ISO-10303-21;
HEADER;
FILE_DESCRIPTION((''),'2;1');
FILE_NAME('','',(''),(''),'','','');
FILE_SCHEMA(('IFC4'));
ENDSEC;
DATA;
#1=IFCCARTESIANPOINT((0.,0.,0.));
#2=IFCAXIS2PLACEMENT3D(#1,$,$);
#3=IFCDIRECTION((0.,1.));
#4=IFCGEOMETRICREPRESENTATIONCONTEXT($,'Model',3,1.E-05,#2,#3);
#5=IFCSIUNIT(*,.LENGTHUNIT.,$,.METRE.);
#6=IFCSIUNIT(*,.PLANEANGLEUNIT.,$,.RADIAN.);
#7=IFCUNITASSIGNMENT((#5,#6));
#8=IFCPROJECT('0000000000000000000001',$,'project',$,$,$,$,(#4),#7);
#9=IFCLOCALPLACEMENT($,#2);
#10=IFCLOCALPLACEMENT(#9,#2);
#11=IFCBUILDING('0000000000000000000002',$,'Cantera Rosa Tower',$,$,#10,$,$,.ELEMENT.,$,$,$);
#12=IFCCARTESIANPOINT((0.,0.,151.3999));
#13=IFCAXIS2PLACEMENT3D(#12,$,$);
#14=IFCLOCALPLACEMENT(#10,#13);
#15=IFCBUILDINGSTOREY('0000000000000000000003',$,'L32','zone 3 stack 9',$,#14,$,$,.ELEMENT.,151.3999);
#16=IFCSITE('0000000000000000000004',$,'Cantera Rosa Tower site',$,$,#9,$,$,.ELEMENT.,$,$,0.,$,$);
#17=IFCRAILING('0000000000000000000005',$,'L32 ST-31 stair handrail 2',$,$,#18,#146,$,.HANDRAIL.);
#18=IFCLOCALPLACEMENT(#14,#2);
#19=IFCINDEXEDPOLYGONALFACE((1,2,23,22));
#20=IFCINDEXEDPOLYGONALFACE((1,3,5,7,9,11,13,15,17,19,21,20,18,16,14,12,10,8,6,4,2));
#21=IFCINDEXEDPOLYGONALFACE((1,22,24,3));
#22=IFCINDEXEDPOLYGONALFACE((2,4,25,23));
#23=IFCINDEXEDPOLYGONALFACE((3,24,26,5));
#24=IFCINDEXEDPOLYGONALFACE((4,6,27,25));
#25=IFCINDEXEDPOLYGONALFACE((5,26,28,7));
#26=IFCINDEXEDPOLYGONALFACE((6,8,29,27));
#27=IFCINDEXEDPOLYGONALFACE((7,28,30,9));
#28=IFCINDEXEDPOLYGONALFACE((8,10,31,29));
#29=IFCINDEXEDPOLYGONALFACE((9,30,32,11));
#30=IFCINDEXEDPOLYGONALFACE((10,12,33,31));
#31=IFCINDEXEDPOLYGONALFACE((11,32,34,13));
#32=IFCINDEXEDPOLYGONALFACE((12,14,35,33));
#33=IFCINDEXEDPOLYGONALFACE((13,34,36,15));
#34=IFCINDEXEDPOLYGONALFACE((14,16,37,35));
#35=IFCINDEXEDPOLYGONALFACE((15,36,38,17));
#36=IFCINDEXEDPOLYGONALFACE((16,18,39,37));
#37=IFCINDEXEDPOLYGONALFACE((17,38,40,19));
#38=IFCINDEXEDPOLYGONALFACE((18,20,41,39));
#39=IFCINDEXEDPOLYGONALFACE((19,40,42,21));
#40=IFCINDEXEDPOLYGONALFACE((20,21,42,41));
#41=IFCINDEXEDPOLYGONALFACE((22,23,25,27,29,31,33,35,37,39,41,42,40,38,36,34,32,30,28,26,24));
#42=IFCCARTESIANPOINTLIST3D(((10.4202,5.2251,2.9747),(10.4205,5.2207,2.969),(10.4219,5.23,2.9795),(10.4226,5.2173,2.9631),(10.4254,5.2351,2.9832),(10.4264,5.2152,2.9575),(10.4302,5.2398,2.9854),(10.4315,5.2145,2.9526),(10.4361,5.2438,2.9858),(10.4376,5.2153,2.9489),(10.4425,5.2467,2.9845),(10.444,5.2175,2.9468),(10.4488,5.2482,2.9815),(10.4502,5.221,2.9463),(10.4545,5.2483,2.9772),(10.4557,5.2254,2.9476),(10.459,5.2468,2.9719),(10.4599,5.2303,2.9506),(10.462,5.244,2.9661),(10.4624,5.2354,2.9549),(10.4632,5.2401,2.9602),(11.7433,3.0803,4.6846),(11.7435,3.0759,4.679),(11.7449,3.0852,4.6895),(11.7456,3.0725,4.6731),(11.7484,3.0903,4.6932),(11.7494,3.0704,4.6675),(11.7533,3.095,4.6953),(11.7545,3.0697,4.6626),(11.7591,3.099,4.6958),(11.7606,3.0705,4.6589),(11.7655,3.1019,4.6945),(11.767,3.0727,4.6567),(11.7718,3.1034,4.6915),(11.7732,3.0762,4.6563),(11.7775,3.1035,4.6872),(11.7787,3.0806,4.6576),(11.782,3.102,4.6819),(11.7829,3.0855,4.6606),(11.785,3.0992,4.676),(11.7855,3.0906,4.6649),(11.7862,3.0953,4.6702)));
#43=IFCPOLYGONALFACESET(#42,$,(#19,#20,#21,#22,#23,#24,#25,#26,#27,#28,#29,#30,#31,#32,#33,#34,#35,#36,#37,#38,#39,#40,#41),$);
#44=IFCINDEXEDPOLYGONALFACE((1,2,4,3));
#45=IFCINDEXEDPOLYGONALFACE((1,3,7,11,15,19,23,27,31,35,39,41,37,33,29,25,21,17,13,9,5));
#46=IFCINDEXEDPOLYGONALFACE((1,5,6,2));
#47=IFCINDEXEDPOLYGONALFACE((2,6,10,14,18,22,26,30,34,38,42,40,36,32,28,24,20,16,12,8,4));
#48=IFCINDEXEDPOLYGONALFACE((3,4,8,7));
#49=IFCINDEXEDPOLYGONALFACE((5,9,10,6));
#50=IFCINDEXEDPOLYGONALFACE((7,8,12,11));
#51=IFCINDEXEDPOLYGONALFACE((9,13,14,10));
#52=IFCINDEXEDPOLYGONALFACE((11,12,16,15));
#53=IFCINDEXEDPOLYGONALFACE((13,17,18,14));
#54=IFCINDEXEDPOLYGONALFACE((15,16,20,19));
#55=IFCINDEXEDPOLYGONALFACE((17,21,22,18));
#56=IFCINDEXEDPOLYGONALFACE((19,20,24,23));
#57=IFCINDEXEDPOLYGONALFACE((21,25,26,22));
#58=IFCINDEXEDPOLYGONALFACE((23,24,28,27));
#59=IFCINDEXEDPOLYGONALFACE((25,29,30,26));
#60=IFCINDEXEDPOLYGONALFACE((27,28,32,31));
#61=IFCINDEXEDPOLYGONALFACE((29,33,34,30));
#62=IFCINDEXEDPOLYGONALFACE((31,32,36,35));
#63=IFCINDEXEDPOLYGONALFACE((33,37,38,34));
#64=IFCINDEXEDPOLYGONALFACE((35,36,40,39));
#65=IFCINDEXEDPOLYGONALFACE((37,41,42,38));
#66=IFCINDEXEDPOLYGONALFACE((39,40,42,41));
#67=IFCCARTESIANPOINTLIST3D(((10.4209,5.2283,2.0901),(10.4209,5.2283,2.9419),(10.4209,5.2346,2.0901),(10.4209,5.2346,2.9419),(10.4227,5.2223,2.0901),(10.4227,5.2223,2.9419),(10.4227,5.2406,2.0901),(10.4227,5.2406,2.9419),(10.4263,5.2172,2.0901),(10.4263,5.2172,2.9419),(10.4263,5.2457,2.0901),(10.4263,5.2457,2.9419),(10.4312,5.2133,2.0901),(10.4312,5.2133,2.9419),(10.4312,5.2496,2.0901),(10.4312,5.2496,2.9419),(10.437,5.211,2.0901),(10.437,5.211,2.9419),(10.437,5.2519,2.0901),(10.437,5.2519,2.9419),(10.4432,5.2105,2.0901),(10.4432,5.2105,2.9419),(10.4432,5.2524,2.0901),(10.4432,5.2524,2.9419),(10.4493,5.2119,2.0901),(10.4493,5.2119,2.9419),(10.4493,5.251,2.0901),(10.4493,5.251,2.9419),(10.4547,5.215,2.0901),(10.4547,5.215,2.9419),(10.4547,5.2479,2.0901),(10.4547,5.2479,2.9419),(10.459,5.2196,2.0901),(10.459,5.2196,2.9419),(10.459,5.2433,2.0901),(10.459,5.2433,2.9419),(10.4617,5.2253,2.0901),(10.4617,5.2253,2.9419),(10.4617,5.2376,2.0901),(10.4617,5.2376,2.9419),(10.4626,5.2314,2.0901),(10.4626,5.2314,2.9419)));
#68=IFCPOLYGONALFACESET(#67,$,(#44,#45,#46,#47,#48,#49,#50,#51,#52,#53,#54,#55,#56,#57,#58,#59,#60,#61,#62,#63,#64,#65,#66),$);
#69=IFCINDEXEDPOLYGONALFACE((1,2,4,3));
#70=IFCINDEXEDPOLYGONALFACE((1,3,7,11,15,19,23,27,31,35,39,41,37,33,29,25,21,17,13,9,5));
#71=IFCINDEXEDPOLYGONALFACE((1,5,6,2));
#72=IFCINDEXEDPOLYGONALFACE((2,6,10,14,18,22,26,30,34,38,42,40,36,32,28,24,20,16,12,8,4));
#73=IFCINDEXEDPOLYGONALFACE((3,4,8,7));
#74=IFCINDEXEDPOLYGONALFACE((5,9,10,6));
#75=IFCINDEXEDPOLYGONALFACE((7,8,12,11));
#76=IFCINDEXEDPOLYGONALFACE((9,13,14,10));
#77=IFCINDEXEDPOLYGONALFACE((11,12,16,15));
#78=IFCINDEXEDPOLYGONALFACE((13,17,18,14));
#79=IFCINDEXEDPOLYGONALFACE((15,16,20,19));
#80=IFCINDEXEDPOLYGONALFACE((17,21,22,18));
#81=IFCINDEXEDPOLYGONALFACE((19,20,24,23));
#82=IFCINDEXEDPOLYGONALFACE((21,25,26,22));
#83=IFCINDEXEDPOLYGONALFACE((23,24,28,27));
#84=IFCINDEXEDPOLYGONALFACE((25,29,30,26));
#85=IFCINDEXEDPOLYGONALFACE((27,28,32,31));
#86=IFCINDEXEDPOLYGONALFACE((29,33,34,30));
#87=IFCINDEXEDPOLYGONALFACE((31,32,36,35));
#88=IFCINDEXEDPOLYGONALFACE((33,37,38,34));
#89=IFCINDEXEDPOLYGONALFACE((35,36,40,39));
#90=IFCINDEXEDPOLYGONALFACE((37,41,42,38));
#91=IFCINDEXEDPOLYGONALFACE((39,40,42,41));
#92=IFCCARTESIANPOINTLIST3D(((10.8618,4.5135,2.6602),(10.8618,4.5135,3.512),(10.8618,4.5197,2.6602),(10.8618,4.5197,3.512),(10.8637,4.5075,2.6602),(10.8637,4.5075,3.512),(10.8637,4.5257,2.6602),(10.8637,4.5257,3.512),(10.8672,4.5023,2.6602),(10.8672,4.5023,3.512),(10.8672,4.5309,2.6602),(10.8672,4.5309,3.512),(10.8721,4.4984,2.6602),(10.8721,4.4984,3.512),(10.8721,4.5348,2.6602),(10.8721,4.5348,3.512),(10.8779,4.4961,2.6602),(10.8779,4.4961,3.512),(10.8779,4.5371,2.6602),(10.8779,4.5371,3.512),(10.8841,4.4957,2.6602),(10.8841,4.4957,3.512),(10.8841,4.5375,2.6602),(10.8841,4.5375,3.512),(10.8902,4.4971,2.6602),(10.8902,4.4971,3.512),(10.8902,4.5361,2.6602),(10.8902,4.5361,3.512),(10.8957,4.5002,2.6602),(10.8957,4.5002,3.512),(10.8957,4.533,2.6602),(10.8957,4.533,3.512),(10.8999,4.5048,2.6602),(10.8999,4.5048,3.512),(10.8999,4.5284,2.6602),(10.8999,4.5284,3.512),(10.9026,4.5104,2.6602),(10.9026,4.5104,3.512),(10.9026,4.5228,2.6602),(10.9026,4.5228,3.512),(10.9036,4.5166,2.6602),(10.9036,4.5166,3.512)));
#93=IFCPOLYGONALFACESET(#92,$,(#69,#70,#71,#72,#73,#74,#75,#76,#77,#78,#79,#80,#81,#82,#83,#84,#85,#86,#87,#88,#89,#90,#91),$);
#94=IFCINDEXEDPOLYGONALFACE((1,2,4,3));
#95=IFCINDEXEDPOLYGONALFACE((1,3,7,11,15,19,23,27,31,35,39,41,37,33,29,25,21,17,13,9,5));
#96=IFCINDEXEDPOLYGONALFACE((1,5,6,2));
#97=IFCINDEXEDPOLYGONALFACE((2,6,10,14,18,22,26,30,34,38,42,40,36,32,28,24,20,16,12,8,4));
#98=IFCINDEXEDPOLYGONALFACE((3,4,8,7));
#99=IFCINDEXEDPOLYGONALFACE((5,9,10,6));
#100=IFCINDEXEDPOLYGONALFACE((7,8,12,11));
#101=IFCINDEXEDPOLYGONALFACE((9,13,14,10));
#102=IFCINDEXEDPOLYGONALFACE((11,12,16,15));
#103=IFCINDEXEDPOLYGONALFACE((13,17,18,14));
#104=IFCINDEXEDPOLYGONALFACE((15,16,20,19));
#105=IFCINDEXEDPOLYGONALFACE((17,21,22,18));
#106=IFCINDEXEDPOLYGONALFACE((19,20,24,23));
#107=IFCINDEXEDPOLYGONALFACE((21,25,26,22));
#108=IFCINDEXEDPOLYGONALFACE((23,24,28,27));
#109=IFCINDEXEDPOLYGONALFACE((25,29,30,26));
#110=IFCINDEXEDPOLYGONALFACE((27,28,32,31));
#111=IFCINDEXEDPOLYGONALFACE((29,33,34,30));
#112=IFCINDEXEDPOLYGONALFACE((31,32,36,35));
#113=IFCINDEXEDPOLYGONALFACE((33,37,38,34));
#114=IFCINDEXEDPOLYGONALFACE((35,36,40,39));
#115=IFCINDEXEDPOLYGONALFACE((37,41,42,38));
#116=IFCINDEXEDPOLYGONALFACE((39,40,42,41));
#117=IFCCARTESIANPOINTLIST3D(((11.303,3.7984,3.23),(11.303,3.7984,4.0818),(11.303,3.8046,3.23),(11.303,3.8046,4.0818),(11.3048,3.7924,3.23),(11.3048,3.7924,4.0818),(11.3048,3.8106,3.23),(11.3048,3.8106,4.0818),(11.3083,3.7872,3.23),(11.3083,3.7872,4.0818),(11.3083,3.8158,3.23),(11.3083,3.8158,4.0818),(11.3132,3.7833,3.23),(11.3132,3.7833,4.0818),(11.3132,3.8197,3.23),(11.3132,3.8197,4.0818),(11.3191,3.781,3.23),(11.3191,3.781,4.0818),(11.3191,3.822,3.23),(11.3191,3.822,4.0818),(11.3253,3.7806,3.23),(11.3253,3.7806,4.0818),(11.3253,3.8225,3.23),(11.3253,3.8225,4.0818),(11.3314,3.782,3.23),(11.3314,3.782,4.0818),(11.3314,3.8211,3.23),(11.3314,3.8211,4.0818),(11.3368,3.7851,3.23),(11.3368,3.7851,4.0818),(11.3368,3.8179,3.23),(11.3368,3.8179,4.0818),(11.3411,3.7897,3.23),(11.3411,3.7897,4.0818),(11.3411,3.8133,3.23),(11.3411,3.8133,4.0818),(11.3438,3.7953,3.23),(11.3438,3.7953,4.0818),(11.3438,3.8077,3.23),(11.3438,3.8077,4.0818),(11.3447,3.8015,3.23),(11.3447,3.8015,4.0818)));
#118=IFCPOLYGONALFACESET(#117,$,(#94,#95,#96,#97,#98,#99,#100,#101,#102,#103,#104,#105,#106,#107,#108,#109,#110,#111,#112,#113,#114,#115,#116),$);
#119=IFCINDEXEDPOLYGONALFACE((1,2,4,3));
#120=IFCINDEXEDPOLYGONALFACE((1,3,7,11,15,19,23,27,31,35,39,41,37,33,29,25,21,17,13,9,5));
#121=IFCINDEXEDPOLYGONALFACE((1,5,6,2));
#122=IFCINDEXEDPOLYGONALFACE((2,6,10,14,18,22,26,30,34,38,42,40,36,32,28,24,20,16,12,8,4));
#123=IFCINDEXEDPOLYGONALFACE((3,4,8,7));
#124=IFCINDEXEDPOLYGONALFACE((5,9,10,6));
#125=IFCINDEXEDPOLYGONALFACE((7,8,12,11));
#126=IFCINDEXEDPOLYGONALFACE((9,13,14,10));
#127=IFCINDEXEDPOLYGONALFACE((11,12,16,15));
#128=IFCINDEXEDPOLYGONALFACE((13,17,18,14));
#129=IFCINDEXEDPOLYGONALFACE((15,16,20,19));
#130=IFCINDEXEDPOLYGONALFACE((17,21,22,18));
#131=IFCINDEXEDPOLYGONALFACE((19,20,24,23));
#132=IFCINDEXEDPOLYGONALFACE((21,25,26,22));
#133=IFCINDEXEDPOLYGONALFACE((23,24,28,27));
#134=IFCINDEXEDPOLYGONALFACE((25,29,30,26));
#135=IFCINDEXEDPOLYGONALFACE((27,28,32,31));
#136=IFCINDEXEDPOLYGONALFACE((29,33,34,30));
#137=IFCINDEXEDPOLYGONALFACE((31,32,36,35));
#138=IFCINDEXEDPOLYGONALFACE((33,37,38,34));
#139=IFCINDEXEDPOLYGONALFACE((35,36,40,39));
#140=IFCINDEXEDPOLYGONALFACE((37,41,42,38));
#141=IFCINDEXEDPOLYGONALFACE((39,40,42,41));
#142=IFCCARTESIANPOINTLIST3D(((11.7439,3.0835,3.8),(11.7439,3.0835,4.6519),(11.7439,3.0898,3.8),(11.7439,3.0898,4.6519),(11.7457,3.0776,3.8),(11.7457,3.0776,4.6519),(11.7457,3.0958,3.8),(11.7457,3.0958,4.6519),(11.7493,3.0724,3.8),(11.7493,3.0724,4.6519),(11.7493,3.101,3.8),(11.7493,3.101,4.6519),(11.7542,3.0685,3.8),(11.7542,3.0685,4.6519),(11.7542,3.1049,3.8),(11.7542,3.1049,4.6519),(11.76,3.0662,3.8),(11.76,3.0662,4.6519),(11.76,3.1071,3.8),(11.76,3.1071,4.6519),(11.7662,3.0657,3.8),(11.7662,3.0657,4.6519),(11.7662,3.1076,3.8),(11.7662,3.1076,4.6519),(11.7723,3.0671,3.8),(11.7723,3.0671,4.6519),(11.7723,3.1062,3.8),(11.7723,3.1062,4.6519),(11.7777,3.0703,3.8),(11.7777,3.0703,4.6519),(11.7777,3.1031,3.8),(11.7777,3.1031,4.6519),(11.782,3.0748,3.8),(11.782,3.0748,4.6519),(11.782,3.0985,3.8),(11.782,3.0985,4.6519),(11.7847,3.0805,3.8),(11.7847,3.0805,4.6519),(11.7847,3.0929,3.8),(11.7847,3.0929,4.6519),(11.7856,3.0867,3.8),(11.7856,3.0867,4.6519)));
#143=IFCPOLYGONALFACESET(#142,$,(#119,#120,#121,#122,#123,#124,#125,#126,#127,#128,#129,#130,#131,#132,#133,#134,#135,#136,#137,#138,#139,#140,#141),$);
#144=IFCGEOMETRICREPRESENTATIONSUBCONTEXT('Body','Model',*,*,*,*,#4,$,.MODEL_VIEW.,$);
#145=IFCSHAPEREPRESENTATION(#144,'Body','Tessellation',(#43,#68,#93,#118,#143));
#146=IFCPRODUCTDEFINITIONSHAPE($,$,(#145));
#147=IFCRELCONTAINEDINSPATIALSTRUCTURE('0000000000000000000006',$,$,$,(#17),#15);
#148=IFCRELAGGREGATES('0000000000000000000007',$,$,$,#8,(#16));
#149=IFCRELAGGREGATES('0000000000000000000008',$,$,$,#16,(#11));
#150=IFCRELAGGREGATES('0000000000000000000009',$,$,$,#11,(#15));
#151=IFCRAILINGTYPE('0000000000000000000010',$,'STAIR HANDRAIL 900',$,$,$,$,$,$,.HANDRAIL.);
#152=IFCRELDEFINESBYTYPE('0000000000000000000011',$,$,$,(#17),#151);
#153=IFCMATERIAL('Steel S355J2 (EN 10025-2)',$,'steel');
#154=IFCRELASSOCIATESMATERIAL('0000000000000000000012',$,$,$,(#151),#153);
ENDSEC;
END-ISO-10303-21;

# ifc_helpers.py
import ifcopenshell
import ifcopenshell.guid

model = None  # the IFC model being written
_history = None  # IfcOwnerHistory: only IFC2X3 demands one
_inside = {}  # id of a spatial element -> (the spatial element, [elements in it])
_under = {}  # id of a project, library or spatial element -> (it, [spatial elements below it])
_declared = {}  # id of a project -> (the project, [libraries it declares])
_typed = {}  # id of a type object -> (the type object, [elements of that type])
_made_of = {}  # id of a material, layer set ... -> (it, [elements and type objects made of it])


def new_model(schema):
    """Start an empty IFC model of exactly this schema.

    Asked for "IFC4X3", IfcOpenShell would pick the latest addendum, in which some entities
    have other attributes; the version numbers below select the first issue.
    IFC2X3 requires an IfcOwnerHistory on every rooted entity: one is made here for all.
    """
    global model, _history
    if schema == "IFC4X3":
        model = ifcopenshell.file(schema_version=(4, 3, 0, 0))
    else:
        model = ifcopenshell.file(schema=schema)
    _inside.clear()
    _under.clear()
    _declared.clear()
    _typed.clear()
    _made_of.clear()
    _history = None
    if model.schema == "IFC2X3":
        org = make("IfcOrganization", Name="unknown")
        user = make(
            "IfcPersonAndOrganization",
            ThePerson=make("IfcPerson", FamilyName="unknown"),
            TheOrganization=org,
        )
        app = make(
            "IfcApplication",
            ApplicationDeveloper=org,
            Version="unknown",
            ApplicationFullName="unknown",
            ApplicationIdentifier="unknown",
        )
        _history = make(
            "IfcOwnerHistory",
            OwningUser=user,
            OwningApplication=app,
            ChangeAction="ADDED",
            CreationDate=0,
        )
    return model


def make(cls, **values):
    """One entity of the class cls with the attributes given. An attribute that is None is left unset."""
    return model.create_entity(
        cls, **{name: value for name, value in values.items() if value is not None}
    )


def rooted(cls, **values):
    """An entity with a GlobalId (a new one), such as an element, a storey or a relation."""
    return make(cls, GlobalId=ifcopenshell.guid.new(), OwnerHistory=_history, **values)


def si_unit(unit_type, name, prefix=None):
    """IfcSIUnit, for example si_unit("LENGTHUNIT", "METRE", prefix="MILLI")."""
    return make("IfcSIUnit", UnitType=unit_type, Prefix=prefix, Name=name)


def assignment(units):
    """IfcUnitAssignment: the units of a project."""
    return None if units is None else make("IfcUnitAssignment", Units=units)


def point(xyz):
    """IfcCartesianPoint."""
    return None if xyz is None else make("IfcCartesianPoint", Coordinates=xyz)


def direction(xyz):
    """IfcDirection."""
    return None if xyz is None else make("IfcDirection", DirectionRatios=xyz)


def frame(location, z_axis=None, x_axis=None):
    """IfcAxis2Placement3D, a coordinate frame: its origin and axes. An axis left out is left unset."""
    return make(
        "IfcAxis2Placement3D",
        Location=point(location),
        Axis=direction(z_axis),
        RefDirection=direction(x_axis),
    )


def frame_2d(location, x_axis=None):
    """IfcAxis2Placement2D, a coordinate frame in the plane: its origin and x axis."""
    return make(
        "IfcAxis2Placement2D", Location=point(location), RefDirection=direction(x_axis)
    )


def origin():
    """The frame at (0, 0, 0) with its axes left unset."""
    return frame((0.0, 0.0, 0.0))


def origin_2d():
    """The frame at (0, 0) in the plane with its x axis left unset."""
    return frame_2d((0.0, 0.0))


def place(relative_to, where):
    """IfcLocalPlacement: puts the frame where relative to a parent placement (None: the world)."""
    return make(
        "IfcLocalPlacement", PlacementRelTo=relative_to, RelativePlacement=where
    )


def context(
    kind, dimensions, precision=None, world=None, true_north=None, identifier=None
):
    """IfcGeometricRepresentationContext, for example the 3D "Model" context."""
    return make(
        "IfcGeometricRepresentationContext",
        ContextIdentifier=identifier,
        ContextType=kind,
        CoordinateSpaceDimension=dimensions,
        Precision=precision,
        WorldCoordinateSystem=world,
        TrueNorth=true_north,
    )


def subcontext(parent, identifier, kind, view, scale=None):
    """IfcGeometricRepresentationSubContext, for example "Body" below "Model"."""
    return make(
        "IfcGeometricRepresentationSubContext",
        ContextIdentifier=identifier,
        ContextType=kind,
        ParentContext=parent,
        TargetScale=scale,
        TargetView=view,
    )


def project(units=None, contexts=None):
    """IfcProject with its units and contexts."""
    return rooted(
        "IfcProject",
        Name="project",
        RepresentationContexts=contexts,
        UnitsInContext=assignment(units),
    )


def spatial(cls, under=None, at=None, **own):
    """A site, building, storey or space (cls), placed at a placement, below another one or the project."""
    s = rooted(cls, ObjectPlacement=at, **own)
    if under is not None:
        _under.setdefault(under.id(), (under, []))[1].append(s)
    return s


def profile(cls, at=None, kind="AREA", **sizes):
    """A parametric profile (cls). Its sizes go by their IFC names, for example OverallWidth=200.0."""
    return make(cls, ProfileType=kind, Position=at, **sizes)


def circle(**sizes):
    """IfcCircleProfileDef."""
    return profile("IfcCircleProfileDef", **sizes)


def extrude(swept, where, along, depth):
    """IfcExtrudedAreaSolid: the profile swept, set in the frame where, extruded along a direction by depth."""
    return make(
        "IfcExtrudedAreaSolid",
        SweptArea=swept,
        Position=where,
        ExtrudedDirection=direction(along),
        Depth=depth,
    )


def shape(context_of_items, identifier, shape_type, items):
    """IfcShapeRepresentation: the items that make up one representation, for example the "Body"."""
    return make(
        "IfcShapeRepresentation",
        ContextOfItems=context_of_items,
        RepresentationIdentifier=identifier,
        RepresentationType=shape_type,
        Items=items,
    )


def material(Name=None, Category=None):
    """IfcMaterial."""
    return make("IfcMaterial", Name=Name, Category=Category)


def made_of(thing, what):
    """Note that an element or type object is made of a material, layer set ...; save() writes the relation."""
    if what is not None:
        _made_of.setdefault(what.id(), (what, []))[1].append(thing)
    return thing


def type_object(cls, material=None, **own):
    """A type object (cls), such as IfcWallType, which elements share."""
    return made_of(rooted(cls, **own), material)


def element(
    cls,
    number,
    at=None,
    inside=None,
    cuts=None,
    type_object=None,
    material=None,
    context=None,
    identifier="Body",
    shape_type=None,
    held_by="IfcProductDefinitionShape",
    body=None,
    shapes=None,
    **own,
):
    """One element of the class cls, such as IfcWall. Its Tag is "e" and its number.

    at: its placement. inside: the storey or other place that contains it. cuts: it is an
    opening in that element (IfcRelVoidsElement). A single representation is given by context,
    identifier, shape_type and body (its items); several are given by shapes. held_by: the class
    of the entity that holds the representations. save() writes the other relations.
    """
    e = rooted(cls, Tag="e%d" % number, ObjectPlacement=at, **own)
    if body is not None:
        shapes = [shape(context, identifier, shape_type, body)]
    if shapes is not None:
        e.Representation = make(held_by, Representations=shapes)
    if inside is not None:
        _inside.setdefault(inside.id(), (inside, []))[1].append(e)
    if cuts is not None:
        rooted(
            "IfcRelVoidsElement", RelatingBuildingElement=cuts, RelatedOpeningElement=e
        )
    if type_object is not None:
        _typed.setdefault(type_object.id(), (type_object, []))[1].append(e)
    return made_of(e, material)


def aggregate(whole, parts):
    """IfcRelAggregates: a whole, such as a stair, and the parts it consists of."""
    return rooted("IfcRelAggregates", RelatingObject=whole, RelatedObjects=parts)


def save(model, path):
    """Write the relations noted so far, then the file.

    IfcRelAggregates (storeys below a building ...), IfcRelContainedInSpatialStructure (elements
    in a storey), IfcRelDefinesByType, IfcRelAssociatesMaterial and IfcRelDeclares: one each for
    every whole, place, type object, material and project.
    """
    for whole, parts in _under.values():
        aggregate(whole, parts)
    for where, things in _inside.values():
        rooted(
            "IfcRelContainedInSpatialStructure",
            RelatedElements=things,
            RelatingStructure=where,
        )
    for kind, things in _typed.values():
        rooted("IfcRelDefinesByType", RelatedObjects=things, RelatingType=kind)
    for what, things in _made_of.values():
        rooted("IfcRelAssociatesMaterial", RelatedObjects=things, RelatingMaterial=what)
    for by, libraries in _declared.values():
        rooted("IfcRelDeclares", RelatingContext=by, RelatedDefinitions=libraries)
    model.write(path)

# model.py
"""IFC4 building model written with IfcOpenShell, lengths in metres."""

from ifc_helpers import new_model, si_unit, direction, frame, origin, origin_2d, place, context, subcontext, project, spatial, circle, extrude, material, type_object, element, save


model = new_model("IFC4")

# Units and contexts
model_context = context("Model", 3, precision=1e-05, world=origin(), true_north=direction((0.0, 1.0)))
body_context = subcontext(model_context, "Body", "Model", "MODEL_VIEW")
ifc_project = project(units=[si_unit("LENGTHUNIT", "METRE"), si_unit("PLANEANGLEUNIT", "RADIAN")], contexts=[model_context])

# Site, building, storey
site_placement = place(None, origin())
site = spatial("IfcSite", under=ifc_project, at=site_placement, Name="Cantera Rosa Tower site", CompositionType="ELEMENT", RefElevation=0.0)
building_placement = place(site_placement, origin())
building = spatial("IfcBuilding", under=site, at=building_placement, Name="Cantera Rosa Tower", CompositionType="ELEMENT")
storey_placement = place(building_placement, frame((0.0, 0.0, 151.3999)))
storey = spatial("IfcBuildingStorey", under=building, at=storey_placement, Name="L32", Description="zone 3 stack 9", CompositionType="ELEMENT", Elevation=151.3999)

# Railing
ifc_material_1 = material(Name="Steel S355J2 (EN 10025-2)", Category="steel")
railing_type_1 = type_object("IfcRailingType", Name="STAIR HANDRAIL 900", PredefinedType="HANDRAIL", material=ifc_material_1)
railing_1_placement = place(storey_placement, frame((10.4417, 5.2314, 2.0901)))
element("IfcRailing", 1, at=railing_1_placement, inside=storey, type_object=railing_type_1, Name="L32 ST-31 stair handrail 2", PredefinedType="HANDRAIL", context=body_context, shape_type="SweptSolid", body=[
    extrude(circle(Radius=0.0239, at=origin_2d()), frame((0.0, 0.0, 0.876), z_axis=(0.434428, -0.704271, 0.561493), x_axis=(0.851102, 0.525, 0.0)), (0.0, 0.0, 1.0), 3.0454),
    extrude(circle(Radius=0.021, at=origin_2d()), origin(), (0.0, 0.0, 1.0), 0.8518),
    extrude(circle(Radius=0.021, at=origin_2d()), frame((0.4409, -0.7148, 0.5701)), (0.0, 0.0, 1.0), 0.8518),
    extrude(circle(Radius=0.021, at=origin_2d()), frame((0.8821, -1.4299, 1.1399)), (0.0, 0.0, 1.0), 0.8518),
    extrude(circle(Radius=0.021, at=origin_2d()), frame((1.323, -2.1448, 1.71)), (0.0, 0.0, 1.0), 0.8518),
])

save(model, "model.ifc")
